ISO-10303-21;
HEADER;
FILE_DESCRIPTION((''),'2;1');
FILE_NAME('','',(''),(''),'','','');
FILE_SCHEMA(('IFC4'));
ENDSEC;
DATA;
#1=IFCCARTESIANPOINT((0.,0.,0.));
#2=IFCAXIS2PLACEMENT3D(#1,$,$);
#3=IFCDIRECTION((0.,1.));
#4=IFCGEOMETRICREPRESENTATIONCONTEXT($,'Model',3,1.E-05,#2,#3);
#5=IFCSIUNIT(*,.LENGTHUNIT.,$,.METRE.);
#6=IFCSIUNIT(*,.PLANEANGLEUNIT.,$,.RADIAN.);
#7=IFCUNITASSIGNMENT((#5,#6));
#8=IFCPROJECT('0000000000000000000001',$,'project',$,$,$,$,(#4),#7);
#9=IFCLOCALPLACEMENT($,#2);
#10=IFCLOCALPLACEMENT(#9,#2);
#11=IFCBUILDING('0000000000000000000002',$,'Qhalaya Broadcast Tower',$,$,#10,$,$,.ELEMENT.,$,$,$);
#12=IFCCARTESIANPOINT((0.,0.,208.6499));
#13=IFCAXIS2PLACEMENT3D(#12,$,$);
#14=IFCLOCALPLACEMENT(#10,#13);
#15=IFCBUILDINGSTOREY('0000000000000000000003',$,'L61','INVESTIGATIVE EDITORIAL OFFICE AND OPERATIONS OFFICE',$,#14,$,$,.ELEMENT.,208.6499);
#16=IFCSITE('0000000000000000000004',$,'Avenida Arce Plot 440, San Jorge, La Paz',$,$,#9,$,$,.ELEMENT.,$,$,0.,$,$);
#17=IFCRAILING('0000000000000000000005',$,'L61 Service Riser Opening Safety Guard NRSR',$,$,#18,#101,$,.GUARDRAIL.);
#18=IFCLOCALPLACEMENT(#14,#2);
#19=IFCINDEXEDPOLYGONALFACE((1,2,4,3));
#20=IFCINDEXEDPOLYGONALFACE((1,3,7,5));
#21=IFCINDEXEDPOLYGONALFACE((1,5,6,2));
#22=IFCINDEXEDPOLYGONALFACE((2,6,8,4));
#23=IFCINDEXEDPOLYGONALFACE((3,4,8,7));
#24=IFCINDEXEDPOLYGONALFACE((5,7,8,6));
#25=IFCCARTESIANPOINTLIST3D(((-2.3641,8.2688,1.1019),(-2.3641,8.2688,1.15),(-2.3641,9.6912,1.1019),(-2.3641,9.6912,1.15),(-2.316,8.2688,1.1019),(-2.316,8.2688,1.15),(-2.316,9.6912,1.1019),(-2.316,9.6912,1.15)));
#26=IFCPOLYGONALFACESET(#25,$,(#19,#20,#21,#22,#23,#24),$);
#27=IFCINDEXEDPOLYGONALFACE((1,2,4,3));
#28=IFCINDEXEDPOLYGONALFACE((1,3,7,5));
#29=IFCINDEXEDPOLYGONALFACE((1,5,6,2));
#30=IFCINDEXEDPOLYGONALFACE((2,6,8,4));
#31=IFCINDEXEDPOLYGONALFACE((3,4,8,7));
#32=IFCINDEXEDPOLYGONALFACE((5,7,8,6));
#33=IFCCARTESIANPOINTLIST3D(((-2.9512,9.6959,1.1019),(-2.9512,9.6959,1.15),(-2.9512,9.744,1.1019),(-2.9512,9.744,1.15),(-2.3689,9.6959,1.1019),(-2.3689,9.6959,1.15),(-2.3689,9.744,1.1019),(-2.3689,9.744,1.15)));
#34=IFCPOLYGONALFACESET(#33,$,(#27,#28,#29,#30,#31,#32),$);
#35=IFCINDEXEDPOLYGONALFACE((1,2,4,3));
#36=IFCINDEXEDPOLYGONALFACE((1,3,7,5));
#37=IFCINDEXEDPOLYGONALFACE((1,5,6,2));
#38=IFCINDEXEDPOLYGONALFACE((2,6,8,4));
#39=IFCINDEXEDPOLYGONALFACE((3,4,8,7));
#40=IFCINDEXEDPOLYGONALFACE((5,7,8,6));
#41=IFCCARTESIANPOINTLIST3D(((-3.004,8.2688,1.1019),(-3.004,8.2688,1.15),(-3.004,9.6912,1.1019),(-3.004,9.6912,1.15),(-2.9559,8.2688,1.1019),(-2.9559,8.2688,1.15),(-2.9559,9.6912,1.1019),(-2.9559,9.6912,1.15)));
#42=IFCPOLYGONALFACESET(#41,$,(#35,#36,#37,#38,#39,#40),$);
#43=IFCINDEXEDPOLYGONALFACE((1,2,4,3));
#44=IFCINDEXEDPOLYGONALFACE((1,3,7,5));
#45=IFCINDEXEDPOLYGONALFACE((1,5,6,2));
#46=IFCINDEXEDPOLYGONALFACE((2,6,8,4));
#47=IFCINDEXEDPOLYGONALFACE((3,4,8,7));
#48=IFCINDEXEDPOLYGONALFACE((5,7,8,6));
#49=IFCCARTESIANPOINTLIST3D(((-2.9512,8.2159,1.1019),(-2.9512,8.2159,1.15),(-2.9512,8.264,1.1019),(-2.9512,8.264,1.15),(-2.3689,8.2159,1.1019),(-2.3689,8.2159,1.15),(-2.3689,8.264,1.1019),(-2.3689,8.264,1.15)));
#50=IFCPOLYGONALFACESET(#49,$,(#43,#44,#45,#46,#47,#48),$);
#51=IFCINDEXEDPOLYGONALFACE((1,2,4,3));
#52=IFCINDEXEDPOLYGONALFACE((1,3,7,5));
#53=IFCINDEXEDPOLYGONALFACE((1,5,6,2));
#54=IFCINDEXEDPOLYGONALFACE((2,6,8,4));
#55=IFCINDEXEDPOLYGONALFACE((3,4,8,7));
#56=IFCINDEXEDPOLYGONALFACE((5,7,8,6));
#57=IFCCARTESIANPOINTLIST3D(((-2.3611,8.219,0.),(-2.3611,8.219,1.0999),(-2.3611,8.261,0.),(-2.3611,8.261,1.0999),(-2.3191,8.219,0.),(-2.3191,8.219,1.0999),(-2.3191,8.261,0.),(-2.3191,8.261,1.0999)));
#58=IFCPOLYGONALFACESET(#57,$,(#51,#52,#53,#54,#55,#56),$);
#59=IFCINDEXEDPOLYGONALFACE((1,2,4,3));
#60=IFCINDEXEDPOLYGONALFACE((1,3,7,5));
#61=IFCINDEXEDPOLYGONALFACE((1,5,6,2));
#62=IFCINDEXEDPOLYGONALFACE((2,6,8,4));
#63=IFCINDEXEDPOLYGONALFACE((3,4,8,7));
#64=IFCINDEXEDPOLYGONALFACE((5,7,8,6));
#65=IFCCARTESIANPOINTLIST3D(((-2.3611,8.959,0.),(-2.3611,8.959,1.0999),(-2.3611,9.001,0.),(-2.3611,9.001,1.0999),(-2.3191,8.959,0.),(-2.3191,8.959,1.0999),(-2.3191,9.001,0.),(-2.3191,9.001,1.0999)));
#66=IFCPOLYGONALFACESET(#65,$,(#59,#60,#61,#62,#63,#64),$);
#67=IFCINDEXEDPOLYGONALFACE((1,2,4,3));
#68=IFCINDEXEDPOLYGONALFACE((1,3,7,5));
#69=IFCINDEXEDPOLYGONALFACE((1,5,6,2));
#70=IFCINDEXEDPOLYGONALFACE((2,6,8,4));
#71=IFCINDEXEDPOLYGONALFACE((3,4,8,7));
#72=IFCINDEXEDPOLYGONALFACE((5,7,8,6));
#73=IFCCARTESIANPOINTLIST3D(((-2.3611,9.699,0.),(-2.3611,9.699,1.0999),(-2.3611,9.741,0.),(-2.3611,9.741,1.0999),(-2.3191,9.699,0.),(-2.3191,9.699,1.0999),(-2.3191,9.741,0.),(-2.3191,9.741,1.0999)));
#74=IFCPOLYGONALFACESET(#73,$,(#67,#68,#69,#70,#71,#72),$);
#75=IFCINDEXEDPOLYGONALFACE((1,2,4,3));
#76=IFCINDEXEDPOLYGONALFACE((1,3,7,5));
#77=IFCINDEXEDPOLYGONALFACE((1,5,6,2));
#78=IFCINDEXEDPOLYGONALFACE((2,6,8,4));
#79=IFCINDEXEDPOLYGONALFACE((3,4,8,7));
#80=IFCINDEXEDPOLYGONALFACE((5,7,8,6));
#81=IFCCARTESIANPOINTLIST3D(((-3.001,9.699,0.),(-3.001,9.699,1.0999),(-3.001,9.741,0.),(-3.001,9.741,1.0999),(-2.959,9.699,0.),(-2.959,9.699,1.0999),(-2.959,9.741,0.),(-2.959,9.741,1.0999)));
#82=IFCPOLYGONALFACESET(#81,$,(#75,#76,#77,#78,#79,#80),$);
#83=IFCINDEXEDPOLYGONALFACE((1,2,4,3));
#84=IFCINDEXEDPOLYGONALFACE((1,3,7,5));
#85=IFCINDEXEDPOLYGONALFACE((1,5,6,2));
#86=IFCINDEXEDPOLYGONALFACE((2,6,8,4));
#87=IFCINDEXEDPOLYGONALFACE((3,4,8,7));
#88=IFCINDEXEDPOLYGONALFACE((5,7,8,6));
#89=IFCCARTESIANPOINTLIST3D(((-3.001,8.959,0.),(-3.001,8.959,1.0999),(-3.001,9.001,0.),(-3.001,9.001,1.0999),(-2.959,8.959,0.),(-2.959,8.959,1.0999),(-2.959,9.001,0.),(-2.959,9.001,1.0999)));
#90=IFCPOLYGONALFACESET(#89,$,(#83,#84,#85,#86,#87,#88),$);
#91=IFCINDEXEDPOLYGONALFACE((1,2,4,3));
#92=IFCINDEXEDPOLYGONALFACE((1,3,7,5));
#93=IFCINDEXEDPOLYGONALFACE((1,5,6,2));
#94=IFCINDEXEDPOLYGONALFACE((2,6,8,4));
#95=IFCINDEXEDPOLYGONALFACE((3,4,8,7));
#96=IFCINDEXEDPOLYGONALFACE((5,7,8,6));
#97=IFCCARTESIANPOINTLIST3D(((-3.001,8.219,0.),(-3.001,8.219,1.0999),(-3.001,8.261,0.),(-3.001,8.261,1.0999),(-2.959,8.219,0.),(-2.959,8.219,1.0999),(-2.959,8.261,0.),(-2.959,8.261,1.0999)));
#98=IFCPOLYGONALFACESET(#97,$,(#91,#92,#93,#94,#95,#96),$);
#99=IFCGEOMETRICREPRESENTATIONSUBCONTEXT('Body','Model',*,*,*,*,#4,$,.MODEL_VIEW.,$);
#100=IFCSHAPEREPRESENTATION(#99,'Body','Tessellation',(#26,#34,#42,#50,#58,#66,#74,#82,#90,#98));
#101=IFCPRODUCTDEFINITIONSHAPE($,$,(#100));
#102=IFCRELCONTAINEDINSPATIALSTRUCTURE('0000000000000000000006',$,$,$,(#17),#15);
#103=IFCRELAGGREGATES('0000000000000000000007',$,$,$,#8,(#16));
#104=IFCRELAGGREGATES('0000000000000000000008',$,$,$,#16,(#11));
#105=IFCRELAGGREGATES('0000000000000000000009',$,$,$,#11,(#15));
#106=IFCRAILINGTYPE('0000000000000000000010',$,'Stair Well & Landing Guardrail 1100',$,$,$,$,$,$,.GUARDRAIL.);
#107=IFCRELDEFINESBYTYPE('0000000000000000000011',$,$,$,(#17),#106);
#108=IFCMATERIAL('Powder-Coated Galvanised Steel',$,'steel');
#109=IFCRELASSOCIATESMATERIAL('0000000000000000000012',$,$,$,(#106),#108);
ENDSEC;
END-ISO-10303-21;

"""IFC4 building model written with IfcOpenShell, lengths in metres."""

from ifc_helpers import new_model, si_unit, direction, frame, origin, origin_2d, place, context, subcontext, project, spatial, rectangle, extrude, material, type_object, element, save


model = new_model("IFC4")

# Units and contexts
model_context = context("Model", 3, precision=1e-05, world=origin(), true_north=direction((0.0, 1.0)))
body_context = subcontext(model_context, "Body", "Model", "MODEL_VIEW")
ifc_project = project(units=[si_unit("LENGTHUNIT", "METRE"), si_unit("PLANEANGLEUNIT", "RADIAN")], contexts=[model_context])

# Site, building, storey
site_placement = place(None, origin())
site = spatial("IfcSite", under=ifc_project, at=site_placement, Name="Avenida Arce Plot 440, San Jorge, La Paz", CompositionType="ELEMENT", RefElevation=0.0)
building_placement = place(site_placement, origin())
building = spatial("IfcBuilding", under=site, at=building_placement, Name="Qhalaya Broadcast Tower", CompositionType="ELEMENT")
storey_placement = place(building_placement, frame((0.0, 0.0, 208.6499)))
storey = spatial("IfcBuildingStorey", under=building, at=storey_placement, Name="L61", Description="INVESTIGATIVE EDITORIAL OFFICE AND OPERATIONS OFFICE", CompositionType="ELEMENT", Elevation=208.6499)

# Railing
ifc_material_1 = material(Name="Powder-Coated Galvanised Steel", Category="steel")
railing_type = type_object("IfcRailingType", Name="Stair Well & Landing Guardrail 1100", PredefinedType="GUARDRAIL", material=ifc_material_1)
railing_placement = place(storey_placement, frame((-2.3401, 8.24, 0.0)))
element("IfcRailing", 1, at=railing_placement, inside=storey, type_object=railing_type, Name="L61 Service Riser Opening Safety Guard NRSR", PredefinedType="GUARDRAIL", context=body_context, shape_type="SweptSolid", body=[
    extrude(rectangle(XDim=0.0481, YDim=0.0481, at=origin_2d()), frame((0.0, 0.0288, 1.126), z_axis=(0.0, 1.0, 0.0), x_axis=(-1.0, 0.0, 0.0)), (0.0, 0.0, 1.0), 1.4224),
    extrude(rectangle(XDim=0.0481, YDim=0.0481, at=origin_2d()), frame((-0.0288, 1.48, 1.126), z_axis=(-1.0, 0.0, 0.0), x_axis=(0.0, -1.0, 0.0)), (0.0, 0.0, 1.0), 0.5823),
    extrude(rectangle(XDim=0.0481, YDim=0.0481, at=origin_2d()), frame((-0.6399, 1.4512, 1.126), z_axis=(0.0, -1.0, 0.0), x_axis=(1.0, 0.0, 0.0)), (0.0, 0.0, 1.0), 1.4224),
    extrude(rectangle(XDim=0.0481, YDim=0.0481, at=origin_2d()), frame((-0.6111, 0.0, 1.126), z_axis=(1.0, 0.0, 0.0), x_axis=(0.0, 1.0, 0.0)), (0.0, 0.0, 1.0), 0.5823),
    extrude(rectangle(XDim=0.042, YDim=0.042, at=origin_2d()), origin(), (0.0, 0.0, 1.0), 1.0999),
    extrude(rectangle(XDim=0.042, YDim=0.042, at=origin_2d()), frame((0.0, 0.74, 0.0)), (0.0, 0.0, 1.0), 1.0999),
    extrude(rectangle(XDim=0.042, YDim=0.042, at=origin_2d()), frame((0.0, 1.48, 0.0)), (0.0, 0.0, 1.0), 1.0999),
    extrude(rectangle(XDim=0.042, YDim=0.042, at=origin_2d()), frame((-0.6399, 1.48, 0.0)), (0.0, 0.0, 1.0), 1.0999),
    extrude(rectangle(XDim=0.042, YDim=0.042, at=origin_2d()), frame((-0.6399, 0.74, 0.0)), (0.0, 0.0, 1.0), 1.0999),
    extrude(rectangle(XDim=0.042, YDim=0.042, at=origin_2d()), frame((-0.6399, 0.0, 0.0)), (0.0, 0.0, 1.0), 1.0999),
])

save(model, "model.ifc")
